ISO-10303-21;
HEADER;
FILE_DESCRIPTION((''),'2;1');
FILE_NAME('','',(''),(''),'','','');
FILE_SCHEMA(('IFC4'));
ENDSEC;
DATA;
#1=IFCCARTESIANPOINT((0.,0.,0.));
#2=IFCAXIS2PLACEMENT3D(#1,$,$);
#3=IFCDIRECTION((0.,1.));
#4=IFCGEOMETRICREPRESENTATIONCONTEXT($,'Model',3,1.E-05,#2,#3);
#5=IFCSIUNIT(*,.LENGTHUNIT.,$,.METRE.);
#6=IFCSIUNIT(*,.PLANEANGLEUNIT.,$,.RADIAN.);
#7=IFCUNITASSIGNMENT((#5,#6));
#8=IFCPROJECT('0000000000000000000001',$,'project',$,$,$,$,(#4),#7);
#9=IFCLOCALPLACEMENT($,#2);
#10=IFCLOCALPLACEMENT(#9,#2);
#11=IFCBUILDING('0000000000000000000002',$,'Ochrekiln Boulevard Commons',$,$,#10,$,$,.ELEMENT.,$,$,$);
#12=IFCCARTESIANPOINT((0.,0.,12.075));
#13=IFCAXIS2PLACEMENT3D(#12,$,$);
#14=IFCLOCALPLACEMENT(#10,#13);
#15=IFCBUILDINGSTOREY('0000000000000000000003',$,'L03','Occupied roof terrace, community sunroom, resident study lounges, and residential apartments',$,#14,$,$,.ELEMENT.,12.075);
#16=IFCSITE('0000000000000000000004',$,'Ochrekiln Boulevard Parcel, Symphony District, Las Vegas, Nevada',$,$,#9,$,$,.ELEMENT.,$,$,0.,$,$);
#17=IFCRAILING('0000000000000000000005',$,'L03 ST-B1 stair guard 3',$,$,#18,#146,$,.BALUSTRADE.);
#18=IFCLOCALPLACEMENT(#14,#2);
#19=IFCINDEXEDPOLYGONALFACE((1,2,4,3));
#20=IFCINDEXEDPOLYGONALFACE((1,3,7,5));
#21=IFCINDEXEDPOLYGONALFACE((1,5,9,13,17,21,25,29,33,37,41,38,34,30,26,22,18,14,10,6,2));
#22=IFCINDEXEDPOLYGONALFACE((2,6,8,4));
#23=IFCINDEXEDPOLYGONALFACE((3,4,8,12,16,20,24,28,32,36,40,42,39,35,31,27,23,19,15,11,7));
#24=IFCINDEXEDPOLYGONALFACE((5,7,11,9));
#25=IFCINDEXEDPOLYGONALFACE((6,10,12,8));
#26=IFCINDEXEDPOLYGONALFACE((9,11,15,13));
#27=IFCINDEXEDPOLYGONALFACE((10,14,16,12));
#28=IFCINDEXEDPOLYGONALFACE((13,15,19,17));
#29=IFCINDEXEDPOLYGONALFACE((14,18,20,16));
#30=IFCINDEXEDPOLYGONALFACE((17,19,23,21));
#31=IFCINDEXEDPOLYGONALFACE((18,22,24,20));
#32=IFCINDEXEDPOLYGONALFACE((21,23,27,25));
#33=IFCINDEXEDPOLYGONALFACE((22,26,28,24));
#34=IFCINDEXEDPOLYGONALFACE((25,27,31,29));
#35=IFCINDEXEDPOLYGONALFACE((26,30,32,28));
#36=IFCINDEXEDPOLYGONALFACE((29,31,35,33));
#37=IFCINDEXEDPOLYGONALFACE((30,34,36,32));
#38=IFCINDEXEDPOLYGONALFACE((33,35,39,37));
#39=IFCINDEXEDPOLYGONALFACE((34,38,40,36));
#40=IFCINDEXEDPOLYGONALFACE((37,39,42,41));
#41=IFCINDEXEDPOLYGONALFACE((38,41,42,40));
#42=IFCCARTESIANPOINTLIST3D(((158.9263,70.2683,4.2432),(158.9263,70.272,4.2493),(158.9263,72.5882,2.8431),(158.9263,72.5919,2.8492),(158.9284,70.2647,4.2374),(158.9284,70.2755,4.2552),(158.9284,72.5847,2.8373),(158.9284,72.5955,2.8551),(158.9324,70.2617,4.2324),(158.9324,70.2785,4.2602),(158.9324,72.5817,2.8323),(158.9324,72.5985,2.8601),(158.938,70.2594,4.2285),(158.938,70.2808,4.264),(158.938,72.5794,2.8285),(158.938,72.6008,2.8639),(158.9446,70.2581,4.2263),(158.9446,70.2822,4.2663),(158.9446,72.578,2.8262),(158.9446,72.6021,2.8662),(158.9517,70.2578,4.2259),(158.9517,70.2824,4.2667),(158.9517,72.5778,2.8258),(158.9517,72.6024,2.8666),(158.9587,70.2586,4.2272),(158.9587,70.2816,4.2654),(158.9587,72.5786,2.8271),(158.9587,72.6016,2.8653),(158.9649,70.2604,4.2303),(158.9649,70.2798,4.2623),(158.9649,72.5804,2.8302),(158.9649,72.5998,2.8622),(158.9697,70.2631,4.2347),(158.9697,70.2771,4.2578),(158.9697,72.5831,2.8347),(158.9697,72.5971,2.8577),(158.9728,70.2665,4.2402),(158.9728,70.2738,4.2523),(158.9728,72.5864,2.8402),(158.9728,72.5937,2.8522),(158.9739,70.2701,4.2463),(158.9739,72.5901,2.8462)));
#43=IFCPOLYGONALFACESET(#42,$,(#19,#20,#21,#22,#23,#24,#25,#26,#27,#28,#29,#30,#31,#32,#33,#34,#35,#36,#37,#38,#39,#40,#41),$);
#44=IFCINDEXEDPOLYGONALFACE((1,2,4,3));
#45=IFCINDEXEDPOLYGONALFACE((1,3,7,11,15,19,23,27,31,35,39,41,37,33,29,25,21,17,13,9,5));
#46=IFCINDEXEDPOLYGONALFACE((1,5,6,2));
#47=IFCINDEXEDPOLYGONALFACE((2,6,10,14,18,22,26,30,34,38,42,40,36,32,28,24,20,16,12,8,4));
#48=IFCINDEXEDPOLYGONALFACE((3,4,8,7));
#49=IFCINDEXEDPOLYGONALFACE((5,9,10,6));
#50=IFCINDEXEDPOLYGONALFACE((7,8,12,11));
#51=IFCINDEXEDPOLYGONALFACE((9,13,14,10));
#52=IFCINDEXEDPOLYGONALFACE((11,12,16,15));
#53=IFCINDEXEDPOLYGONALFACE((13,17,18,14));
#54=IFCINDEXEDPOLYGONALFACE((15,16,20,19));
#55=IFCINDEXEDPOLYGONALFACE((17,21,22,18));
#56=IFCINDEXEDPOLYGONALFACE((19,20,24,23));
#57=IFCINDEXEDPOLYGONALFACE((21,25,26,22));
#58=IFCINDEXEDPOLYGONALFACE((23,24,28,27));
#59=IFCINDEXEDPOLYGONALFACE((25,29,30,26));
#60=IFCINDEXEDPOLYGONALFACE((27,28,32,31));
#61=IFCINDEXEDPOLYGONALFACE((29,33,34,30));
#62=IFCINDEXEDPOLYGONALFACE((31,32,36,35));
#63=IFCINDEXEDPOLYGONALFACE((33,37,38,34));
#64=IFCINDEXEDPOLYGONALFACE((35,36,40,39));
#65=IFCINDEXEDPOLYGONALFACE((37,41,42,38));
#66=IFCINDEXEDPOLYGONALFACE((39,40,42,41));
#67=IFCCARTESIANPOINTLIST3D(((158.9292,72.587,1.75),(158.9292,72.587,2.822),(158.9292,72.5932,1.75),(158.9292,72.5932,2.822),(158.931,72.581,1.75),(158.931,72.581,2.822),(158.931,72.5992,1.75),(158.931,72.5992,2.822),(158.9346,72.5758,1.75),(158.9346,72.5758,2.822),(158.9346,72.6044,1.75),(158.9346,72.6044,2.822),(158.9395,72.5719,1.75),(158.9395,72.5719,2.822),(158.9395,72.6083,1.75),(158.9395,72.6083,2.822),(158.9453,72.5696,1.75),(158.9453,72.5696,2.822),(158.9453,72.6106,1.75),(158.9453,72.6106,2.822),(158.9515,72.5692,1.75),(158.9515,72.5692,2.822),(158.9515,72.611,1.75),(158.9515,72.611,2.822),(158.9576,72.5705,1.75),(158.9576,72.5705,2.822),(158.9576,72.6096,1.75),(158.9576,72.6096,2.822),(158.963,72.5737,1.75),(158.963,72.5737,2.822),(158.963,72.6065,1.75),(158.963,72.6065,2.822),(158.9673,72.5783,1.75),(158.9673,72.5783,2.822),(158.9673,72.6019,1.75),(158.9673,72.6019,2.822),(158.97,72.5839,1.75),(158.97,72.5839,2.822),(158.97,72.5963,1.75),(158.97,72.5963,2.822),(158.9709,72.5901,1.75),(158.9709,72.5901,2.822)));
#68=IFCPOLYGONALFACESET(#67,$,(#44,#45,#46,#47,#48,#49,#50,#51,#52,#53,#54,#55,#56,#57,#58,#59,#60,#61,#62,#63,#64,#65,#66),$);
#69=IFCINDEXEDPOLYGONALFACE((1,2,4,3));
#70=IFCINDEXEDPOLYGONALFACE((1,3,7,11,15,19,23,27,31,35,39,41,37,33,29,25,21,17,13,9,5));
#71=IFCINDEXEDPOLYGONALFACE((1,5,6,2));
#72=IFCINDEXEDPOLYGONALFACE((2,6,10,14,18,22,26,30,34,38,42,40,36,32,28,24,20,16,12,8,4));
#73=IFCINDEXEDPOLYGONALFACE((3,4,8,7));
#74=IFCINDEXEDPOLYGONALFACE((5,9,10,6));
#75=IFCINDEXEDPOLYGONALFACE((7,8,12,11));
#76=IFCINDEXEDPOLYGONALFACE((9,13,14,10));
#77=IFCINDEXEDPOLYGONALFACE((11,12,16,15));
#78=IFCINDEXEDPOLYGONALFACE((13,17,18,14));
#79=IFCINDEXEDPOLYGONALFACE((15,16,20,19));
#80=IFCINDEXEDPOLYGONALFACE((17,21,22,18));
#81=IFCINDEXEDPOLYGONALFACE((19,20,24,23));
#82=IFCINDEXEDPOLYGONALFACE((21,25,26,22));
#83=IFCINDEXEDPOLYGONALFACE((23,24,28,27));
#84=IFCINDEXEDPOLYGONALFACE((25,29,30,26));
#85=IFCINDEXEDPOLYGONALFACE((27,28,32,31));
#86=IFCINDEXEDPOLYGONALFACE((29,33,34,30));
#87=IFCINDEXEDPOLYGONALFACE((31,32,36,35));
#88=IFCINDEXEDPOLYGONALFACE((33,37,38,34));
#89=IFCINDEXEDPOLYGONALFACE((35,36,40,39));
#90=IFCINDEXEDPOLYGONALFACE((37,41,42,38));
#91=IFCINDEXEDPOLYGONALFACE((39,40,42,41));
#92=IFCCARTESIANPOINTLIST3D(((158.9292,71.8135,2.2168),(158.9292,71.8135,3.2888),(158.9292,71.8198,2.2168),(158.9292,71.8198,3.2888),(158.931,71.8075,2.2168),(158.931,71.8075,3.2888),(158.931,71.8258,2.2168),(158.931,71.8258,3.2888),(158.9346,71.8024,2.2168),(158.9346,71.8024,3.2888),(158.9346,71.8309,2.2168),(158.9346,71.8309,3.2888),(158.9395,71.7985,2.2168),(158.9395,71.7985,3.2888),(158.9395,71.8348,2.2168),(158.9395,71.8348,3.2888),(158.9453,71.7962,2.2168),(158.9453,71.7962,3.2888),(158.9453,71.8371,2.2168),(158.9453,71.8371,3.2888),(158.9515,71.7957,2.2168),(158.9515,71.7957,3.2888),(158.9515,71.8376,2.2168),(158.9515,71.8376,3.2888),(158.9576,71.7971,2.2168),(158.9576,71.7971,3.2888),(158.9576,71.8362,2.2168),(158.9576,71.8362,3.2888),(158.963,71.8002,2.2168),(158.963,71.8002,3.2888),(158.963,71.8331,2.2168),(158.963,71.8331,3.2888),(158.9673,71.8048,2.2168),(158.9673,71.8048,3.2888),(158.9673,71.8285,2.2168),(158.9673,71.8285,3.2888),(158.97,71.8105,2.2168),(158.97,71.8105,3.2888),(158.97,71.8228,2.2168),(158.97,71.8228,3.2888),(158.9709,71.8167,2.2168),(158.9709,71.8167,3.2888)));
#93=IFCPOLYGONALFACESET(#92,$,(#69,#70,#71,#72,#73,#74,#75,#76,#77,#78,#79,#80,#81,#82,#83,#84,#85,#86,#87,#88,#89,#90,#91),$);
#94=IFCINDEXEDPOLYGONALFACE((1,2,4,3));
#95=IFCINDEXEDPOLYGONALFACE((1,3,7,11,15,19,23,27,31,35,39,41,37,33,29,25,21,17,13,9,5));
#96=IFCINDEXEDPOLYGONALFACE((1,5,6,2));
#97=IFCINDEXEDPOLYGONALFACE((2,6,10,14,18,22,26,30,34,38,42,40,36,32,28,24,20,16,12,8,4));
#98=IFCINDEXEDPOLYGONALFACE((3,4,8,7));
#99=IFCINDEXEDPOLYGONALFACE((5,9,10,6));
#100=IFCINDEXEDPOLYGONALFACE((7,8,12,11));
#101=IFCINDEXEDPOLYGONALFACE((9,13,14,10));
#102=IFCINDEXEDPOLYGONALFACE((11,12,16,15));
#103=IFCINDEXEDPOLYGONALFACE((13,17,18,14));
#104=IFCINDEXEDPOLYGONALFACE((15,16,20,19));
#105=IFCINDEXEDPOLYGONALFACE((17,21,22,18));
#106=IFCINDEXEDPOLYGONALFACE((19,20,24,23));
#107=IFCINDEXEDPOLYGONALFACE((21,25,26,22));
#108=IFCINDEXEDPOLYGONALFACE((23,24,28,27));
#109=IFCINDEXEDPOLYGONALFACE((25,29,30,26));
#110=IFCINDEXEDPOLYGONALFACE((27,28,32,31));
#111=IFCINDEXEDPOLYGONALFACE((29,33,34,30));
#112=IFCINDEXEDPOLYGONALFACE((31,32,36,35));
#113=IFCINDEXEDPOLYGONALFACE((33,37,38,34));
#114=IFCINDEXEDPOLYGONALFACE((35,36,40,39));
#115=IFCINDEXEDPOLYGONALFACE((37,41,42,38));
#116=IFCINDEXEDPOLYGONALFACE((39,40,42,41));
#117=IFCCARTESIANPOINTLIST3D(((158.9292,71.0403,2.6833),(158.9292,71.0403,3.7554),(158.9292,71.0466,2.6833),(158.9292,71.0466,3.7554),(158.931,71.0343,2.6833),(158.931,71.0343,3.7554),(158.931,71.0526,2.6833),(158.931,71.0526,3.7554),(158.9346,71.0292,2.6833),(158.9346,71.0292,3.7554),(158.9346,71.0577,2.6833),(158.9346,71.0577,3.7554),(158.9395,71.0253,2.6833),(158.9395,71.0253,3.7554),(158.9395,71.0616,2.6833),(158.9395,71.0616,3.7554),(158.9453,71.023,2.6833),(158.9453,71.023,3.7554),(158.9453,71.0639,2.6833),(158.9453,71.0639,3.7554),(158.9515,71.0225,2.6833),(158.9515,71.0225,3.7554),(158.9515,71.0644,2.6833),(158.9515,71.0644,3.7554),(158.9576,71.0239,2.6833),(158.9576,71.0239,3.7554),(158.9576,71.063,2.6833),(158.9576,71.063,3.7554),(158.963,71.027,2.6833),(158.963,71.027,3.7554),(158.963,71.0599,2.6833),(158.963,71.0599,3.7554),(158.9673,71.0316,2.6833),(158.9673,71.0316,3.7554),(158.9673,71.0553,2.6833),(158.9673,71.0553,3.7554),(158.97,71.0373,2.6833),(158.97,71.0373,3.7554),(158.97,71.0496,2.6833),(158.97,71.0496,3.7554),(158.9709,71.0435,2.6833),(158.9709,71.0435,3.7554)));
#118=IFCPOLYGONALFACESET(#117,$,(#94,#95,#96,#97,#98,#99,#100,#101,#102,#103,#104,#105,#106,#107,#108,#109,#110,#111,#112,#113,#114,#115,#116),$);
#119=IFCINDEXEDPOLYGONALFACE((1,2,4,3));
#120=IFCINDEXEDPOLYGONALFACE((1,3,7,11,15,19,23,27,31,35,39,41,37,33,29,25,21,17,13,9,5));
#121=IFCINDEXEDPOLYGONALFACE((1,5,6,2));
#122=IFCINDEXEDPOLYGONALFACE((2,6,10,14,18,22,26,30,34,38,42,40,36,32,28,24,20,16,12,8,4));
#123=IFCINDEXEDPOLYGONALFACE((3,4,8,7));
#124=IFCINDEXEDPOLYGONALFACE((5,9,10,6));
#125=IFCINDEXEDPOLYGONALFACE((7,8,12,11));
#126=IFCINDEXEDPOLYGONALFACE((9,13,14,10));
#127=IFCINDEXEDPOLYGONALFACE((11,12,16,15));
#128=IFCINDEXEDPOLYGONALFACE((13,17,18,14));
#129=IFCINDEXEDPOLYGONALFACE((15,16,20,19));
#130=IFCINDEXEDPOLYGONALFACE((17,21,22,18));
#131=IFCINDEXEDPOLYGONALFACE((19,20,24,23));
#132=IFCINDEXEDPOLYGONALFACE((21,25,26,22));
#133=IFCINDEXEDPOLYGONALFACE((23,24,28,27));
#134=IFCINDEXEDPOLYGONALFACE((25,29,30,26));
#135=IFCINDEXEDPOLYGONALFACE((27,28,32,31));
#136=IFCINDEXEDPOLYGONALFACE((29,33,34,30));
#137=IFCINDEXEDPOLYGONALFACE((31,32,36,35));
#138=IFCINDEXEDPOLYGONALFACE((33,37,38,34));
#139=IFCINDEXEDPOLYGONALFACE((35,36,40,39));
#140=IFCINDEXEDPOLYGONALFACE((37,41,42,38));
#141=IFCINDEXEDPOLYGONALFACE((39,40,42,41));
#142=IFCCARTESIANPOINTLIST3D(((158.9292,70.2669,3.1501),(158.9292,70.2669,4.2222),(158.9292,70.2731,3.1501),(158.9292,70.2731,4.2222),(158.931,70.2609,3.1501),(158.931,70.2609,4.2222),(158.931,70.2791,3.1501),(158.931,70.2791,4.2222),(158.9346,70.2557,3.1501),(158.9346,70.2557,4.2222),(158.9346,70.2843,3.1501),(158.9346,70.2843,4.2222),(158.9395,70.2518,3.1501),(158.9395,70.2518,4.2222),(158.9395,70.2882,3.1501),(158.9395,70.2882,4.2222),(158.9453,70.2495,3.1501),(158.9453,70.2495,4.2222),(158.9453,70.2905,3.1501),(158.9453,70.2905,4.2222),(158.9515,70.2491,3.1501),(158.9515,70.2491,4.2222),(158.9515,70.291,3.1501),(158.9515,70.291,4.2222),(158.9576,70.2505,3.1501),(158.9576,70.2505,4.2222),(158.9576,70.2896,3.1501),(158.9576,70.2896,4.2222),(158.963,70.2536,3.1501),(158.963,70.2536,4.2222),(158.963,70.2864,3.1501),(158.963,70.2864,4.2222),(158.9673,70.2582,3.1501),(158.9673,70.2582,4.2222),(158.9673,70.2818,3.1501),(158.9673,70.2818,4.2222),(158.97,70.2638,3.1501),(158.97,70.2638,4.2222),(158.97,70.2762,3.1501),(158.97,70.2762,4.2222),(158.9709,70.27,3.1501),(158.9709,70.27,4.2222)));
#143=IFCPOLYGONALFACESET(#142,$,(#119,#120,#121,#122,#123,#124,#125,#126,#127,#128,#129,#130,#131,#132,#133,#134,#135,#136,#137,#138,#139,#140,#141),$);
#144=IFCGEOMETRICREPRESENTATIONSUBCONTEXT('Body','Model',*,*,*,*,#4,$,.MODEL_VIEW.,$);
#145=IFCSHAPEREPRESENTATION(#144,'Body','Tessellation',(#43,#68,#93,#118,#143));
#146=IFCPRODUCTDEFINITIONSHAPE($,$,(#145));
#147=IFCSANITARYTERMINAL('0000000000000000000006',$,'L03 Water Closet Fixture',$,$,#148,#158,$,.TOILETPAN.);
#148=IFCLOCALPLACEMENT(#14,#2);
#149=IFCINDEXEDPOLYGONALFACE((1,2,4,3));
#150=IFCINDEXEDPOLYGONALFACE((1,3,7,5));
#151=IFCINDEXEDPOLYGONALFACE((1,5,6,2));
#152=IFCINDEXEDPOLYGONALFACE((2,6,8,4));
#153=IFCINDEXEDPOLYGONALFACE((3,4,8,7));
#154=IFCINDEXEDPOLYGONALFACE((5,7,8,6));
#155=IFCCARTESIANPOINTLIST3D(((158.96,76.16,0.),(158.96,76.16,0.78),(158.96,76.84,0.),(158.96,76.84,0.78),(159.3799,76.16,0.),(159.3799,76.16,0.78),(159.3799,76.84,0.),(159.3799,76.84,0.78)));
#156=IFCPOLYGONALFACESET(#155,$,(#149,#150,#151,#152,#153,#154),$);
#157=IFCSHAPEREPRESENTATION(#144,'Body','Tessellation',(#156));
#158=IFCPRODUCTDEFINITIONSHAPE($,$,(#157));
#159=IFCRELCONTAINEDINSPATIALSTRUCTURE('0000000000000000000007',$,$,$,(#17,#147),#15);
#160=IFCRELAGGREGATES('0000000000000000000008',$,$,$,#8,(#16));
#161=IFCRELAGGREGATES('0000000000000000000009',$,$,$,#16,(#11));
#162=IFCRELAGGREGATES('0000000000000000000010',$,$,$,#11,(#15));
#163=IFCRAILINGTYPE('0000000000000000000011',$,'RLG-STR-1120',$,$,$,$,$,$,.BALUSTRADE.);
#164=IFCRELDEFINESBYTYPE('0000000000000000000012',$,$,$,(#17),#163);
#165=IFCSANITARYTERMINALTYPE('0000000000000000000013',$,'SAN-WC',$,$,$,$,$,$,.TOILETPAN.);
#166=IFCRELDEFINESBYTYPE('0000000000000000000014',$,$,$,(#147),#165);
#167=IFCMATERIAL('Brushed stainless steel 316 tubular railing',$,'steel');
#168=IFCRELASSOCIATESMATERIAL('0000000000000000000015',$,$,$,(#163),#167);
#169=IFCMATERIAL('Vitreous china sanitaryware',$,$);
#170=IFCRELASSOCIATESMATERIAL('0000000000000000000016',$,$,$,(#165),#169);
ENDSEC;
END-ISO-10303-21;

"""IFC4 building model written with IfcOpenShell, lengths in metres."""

from ifc_helpers import new_model, si_unit, direction, frame, origin, origin_2d, place, context, subcontext, project, spatial, rectangle, circle, extrude, material, type_object, element, save


model = new_model("IFC4")

# Units and contexts
model_context = context("Model", 3, precision=1e-05, world=origin(), true_north=direction((0.0, 1.0)))
body_context = subcontext(model_context, "Body", "Model", "MODEL_VIEW")
ifc_project = project(units=[si_unit("LENGTHUNIT", "METRE"), si_unit("PLANEANGLEUNIT", "RADIAN")], contexts=[model_context])

# Site, building, storey
site_placement = place(None, origin())
site = spatial("IfcSite", under=ifc_project, at=site_placement, Name="Ochrekiln Boulevard Parcel, Symphony District, Las Vegas, Nevada", CompositionType="ELEMENT", RefElevation=0.0)
building_placement = place(site_placement, origin())
building = spatial("IfcBuilding", under=site, at=building_placement, Name="Ochrekiln Boulevard Commons", CompositionType="ELEMENT")
storey_placement = place(building_placement, frame((0.0, 0.0, 12.075)))
storey = spatial("IfcBuildingStorey", under=building, at=storey_placement, Name="L03", Description="Occupied roof terrace, community sunroom, resident study lounges, and residential apartments", CompositionType="ELEMENT", Elevation=12.075)

# Railing
ifc_material_1 = material(Name="Brushed stainless steel 316 tubular railing", Category="steel")
railing_type_1 = type_object("IfcRailingType", Name="RLG-STR-1120", PredefinedType="BALUSTRADE", material=ifc_material_1)
railing_1_placement = place(storey_placement, frame((158.95, 72.5901, 1.75)))
element("IfcRailing", 1, at=railing_1_placement, inside=storey, type_object=railing_type_1, Name="L03 ST-B1 stair guard 3", PredefinedType="BALUSTRADE", context=body_context, shape_type="SweptSolid", body=[
    extrude(circle(Radius=0.0239, at=origin_2d()), frame((0.0, 0.0, 1.0962), z_axis=(0.0, -0.85617, 0.516693), x_axis=(1.0, 0.0, 0.0)), (0.0, 0.0, 1.0), 2.7097),
    extrude(circle(Radius=0.021, at=origin_2d()), origin(), (0.0, 0.0, 1.0), 1.072),
    extrude(circle(Radius=0.021, at=origin_2d()), frame((0.0, -0.7734, 0.4668)), (0.0, 0.0, 1.0), 1.072),
    extrude(circle(Radius=0.021, at=origin_2d()), frame((0.0, -1.5466, 0.9333)), (0.0, 0.0, 1.0), 1.072),
    extrude(circle(Radius=0.021, at=origin_2d()), frame((0.0, -2.3201, 1.4001)), (0.0, 0.0, 1.0), 1.072),
])

# Sanitary terminal
ifc_material_2 = material(Name="Vitreous china sanitaryware")
sanitary_terminal_type = type_object("IfcSanitaryTerminalType", Name="SAN-WC", PredefinedType="TOILETPAN", material=ifc_material_2)
sanitary_terminal_placement = place(storey_placement, frame((159.1699, 76.5, 0.0), z_axis=(0.0, 0.0, 1.0), x_axis=(1.0, 0.0, 0.0)))
element("IfcSanitaryTerminal", 2, at=sanitary_terminal_placement, inside=storey, type_object=sanitary_terminal_type, Name="L03 Water Closet Fixture", PredefinedType="TOILETPAN", context=body_context, shape_type="SweptSolid", body=[
    extrude(rectangle(XDim=0.4199, YDim=0.6799, at=origin_2d()), origin(), (0.0, 0.0, 1.0), 0.78),
])

save(model, "model.ifc")
